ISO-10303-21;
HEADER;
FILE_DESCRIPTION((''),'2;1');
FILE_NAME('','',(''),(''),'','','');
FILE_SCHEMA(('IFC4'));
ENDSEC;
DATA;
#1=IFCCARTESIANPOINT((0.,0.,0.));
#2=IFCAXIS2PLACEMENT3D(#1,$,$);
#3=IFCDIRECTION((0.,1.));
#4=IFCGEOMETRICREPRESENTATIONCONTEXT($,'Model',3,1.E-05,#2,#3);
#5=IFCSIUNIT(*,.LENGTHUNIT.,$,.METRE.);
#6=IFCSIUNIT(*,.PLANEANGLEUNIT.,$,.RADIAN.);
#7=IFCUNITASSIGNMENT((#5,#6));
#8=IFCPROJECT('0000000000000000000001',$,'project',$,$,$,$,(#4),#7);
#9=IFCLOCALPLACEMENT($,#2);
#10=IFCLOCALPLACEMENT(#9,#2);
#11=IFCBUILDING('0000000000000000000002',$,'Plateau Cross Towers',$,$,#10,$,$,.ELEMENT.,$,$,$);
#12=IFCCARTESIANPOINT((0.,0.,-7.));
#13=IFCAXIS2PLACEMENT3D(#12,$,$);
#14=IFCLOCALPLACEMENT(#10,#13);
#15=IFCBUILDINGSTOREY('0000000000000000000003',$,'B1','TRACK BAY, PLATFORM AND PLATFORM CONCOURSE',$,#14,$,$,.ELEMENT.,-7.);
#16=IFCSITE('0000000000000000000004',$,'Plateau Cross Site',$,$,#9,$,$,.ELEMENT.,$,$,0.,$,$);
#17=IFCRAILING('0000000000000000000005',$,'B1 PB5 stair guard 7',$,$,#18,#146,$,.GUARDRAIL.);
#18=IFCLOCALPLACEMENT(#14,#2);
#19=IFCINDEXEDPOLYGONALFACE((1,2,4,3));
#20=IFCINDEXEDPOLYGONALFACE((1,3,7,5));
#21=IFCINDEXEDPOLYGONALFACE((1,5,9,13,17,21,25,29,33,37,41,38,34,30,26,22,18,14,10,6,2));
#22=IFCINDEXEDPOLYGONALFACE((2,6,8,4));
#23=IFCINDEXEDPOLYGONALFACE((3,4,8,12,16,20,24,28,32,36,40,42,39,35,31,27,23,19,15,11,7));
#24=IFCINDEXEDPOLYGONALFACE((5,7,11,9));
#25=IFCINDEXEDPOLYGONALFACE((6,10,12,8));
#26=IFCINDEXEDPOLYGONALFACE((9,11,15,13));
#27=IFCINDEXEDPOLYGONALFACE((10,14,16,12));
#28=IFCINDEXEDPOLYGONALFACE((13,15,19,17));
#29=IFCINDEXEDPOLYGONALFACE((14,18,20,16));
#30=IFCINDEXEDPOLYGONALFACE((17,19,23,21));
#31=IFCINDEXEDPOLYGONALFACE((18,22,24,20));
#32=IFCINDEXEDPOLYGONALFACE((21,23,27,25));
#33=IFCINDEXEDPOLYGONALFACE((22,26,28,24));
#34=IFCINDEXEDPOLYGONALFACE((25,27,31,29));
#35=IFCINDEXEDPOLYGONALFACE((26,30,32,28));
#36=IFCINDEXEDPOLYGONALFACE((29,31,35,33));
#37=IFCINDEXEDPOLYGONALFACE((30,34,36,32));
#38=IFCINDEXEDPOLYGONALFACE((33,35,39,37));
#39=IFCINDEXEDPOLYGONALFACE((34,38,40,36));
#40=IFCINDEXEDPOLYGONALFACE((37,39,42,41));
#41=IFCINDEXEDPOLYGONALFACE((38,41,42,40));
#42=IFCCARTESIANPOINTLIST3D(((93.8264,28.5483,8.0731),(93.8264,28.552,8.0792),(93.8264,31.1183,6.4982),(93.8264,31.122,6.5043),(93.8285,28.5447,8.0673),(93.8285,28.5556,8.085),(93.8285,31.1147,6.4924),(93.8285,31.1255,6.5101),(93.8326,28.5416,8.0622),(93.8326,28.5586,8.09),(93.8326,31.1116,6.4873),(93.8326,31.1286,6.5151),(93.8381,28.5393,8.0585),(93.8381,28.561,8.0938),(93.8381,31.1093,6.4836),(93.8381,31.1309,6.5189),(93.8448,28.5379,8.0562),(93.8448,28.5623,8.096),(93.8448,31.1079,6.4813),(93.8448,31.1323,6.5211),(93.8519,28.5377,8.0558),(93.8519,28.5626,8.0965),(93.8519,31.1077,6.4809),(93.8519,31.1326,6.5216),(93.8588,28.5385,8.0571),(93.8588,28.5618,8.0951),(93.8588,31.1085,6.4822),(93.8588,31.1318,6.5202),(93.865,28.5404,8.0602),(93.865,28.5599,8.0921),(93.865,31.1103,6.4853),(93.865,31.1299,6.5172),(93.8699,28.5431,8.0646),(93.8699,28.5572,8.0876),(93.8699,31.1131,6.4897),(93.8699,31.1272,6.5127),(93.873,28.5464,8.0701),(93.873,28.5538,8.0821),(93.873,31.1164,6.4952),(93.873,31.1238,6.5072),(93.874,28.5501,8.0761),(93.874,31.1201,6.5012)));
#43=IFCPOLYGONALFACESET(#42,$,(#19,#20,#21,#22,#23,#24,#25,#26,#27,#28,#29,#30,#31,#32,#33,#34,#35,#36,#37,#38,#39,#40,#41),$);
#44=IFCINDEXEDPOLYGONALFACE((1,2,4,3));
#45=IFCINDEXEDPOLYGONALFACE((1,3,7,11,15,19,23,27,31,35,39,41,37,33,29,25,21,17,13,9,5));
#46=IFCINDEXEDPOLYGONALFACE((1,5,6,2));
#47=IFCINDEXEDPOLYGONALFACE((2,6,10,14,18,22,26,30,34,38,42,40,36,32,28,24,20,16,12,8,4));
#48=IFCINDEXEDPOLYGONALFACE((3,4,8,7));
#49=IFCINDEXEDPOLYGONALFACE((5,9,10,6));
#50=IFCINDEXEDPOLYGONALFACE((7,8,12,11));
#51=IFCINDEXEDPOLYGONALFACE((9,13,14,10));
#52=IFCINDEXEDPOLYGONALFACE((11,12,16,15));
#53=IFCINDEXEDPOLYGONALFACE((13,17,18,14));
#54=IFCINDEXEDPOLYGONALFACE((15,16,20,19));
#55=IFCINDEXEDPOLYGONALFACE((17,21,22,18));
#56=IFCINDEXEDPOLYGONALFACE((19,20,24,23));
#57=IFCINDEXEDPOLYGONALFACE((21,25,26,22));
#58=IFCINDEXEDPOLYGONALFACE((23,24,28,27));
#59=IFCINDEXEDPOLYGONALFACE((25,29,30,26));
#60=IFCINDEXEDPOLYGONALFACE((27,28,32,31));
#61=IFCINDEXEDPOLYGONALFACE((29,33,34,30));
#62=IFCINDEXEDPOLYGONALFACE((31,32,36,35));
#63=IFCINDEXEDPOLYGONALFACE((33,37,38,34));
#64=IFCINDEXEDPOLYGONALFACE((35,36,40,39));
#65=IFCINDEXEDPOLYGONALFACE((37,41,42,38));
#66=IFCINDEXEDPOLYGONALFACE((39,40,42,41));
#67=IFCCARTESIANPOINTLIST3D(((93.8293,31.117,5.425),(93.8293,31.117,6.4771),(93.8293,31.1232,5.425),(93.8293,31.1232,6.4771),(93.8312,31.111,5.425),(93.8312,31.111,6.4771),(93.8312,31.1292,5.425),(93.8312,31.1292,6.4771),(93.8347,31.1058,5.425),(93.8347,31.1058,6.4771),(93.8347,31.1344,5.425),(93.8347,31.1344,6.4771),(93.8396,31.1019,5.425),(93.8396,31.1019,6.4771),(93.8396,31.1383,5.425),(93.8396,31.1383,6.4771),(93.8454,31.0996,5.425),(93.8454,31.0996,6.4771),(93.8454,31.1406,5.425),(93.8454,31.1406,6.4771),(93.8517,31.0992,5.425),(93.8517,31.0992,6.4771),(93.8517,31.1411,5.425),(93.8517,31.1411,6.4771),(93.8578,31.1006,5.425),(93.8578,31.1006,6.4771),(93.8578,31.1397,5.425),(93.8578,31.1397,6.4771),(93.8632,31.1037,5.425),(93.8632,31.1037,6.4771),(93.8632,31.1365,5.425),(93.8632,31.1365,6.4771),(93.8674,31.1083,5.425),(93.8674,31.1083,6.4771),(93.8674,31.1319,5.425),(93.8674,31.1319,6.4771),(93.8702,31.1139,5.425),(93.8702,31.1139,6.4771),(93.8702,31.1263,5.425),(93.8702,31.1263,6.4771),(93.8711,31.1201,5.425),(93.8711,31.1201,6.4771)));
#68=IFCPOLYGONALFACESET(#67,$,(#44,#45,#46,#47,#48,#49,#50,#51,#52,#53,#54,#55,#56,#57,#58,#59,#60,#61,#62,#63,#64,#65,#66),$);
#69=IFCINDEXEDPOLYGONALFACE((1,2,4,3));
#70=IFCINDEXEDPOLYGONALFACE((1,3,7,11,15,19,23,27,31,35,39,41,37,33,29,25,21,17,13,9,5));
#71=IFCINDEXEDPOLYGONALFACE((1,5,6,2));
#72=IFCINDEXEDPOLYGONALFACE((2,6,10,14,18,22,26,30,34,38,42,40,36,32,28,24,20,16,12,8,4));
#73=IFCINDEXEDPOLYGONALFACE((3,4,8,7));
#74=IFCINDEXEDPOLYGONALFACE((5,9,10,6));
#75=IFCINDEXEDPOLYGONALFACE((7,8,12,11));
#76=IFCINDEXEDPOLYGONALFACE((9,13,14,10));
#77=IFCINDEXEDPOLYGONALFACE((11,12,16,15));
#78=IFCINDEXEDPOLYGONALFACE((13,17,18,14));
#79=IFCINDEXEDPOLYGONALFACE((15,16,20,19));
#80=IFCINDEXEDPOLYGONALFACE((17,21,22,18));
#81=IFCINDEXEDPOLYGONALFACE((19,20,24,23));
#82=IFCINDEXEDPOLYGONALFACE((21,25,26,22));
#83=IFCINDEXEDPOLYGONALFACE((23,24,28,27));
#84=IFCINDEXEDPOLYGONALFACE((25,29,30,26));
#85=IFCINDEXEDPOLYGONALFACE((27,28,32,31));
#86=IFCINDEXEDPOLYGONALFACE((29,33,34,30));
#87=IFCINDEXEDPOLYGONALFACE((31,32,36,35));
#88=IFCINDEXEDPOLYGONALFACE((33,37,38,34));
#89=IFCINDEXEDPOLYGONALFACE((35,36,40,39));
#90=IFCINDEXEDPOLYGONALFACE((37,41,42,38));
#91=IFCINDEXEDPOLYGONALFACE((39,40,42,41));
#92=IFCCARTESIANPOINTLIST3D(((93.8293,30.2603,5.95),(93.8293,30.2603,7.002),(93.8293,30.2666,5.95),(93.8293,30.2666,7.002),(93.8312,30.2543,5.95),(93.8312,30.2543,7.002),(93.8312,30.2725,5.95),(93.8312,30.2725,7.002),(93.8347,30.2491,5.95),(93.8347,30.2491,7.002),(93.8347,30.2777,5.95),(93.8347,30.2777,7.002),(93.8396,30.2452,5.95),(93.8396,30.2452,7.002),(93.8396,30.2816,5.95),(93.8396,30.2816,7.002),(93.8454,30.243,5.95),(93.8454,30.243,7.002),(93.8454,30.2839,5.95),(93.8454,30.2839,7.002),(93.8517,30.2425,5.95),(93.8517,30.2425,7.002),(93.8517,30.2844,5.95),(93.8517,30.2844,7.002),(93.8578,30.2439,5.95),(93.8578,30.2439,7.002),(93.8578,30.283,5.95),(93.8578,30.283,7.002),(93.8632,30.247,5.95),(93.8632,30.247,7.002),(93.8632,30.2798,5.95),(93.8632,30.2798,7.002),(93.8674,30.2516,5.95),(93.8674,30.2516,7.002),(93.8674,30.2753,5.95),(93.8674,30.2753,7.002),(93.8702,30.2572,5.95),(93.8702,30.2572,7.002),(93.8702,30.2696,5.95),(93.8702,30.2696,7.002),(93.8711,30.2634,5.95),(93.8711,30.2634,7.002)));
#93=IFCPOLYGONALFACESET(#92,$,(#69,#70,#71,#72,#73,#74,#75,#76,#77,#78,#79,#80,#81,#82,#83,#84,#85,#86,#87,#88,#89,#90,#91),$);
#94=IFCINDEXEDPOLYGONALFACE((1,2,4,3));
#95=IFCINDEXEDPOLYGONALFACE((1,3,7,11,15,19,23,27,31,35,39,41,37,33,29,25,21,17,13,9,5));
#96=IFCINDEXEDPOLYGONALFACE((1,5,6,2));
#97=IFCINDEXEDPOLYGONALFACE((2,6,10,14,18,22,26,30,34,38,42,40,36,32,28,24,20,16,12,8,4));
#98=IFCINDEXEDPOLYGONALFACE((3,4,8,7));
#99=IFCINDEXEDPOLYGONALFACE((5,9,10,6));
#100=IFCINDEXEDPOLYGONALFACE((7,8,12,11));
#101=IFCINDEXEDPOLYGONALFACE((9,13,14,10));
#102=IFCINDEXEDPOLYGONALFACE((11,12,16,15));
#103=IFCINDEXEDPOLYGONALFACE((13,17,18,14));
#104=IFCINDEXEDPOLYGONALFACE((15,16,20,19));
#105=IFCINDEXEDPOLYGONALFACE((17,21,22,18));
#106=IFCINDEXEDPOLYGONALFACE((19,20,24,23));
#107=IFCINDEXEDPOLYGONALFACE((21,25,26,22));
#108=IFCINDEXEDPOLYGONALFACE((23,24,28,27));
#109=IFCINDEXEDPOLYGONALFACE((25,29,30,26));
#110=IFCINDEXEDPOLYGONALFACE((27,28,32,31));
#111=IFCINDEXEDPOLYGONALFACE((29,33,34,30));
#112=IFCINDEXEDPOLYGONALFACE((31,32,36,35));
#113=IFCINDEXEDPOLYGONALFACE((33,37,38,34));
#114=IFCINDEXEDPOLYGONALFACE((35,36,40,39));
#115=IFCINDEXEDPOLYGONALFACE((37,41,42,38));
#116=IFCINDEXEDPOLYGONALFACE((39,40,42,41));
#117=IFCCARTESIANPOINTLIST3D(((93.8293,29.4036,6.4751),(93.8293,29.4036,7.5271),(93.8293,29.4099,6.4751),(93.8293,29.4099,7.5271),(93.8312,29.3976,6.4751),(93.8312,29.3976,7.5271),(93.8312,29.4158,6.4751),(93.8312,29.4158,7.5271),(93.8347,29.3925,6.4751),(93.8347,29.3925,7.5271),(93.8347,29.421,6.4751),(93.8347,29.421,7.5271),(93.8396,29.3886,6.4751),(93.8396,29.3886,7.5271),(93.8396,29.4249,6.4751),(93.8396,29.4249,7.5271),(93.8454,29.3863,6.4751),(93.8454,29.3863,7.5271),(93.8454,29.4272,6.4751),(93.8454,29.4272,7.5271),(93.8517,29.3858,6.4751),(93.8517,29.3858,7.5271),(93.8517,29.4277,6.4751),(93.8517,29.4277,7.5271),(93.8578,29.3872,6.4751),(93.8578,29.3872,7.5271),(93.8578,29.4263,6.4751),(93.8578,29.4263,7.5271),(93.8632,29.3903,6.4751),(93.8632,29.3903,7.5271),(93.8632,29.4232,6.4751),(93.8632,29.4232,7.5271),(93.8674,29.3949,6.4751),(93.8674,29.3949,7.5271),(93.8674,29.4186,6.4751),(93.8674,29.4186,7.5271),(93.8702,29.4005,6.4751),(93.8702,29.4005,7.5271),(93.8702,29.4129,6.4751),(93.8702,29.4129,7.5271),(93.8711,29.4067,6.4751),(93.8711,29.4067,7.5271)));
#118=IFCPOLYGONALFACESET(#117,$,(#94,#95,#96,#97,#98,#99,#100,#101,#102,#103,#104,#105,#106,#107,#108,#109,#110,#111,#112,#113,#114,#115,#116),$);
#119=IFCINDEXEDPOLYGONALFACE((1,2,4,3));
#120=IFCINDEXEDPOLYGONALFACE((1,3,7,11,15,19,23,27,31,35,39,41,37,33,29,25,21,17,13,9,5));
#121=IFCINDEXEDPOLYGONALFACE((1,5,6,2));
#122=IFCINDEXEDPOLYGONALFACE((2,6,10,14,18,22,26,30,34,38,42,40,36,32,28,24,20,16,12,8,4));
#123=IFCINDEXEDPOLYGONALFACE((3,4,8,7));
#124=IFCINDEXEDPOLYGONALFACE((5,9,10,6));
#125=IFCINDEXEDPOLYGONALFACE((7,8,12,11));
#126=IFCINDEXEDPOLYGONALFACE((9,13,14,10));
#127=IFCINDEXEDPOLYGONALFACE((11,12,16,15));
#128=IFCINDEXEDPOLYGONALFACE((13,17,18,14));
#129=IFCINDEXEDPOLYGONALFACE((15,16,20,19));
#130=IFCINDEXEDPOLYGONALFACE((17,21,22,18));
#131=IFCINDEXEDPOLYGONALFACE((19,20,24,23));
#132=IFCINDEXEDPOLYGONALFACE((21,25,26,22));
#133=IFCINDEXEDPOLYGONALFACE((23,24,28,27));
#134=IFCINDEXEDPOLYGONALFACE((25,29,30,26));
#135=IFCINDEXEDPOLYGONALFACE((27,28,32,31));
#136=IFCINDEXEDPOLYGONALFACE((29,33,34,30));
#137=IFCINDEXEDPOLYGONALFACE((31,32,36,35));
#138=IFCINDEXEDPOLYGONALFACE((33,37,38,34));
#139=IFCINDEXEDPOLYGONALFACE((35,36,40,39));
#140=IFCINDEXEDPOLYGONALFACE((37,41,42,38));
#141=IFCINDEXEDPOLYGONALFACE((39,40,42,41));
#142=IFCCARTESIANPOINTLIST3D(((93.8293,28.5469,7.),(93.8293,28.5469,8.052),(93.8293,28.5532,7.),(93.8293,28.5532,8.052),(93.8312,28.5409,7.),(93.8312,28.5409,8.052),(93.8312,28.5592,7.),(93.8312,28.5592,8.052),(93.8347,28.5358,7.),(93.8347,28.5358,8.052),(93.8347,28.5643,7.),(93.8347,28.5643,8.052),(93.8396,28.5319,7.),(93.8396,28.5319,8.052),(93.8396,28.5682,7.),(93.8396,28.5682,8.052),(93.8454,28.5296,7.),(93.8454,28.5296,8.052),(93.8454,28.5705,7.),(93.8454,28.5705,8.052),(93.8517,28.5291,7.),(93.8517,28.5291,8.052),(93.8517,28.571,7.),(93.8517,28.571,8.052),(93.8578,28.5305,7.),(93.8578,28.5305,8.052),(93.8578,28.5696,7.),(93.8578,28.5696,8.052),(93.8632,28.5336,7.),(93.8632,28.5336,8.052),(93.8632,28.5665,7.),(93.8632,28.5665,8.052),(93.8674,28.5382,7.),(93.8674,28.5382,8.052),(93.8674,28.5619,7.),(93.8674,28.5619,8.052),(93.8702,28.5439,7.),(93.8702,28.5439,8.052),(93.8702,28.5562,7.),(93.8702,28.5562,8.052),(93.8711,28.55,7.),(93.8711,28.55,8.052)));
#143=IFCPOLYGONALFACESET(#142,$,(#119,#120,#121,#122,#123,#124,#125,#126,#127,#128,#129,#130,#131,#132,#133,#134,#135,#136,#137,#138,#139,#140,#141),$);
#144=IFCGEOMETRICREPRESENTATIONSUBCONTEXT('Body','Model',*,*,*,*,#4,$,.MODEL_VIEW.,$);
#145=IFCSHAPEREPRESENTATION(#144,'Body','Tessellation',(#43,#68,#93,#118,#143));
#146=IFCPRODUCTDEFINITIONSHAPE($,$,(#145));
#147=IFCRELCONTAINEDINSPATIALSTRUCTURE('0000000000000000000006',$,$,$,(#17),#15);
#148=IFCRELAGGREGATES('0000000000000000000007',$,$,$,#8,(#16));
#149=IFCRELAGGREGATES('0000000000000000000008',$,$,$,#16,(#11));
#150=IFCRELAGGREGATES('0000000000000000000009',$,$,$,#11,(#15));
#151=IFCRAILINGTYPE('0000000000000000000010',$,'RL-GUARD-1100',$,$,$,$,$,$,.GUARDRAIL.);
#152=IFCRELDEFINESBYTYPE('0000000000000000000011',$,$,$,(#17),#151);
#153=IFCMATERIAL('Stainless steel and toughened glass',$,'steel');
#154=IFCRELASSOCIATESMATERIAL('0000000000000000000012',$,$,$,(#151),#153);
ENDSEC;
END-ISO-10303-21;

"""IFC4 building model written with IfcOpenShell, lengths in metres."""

from ifc_helpers import new_model, si_unit, direction, frame, origin, origin_2d, place, context, subcontext, project, spatial, circle, extrude, material, type_object, element, save


model = new_model("IFC4")

# Units and contexts
model_context = context("Model", 3, precision=1e-05, world=origin(), true_north=direction((0.0, 1.0)))
body_context = subcontext(model_context, "Body", "Model", "MODEL_VIEW")
ifc_project = project(units=[si_unit("LENGTHUNIT", "METRE"), si_unit("PLANEANGLEUNIT", "RADIAN")], contexts=[model_context])

# Site, building, storey
site_placement = place(None, origin())
site = spatial("IfcSite", under=ifc_project, at=site_placement, Name="Plateau Cross Site", CompositionType="ELEMENT", RefElevation=0.0)
building_placement = place(site_placement, origin())
building = spatial("IfcBuilding", under=site, at=building_placement, Name="Plateau Cross Towers", CompositionType="ELEMENT")
storey_placement = place(building_placement, frame((0.0, 0.0, -7.0)))
storey = spatial("IfcBuildingStorey", under=building, at=storey_placement, Name="B1", Description="TRACK BAY, PLATFORM AND PLATFORM CONCOURSE", CompositionType="ELEMENT", Elevation=-7.0)

# Railing
ifc_material_1 = material(Name="Stainless steel and toughened glass", Category="steel")
railing_type_1 = type_object("IfcRailingType", Name="RL-GUARD-1100", PredefinedType="GUARDRAIL", material=ifc_material_1)
railing_1_placement = place(storey_placement, frame((93.8501, 31.1201, 5.425)))
element("IfcRailing", 1, at=railing_1_placement, inside=storey, type_object=railing_type_1, Name="B1 PB5 stair guard 7", PredefinedType="GUARDRAIL", context=body_context, shape_type="SweptSolid", body=[
    extrude(circle(Radius=0.0239, at=origin_2d()), frame((0.0, 0.0, 1.0762), z_axis=(0.0, -0.852639, 0.522501), x_axis=(1.0, 0.0, 0.0)), (0.0, 0.0, 1.0), 3.0142),
    extrude(circle(Radius=0.021, at=origin_2d()), origin(), (0.0, 0.0, 1.0), 1.052),
    extrude(circle(Radius=0.021, at=origin_2d()), frame((0.0, -0.8567, 0.5249)), (0.0, 0.0, 1.0), 1.052),
    extrude(circle(Radius=0.021, at=origin_2d()), frame((0.0, -1.7134, 1.05)), (0.0, 0.0, 1.0), 1.052),
    extrude(circle(Radius=0.021, at=origin_2d()), frame((0.0, -2.5701, 1.575)), (0.0, 0.0, 1.0), 1.052),
])

save(model, "model.ifc")
